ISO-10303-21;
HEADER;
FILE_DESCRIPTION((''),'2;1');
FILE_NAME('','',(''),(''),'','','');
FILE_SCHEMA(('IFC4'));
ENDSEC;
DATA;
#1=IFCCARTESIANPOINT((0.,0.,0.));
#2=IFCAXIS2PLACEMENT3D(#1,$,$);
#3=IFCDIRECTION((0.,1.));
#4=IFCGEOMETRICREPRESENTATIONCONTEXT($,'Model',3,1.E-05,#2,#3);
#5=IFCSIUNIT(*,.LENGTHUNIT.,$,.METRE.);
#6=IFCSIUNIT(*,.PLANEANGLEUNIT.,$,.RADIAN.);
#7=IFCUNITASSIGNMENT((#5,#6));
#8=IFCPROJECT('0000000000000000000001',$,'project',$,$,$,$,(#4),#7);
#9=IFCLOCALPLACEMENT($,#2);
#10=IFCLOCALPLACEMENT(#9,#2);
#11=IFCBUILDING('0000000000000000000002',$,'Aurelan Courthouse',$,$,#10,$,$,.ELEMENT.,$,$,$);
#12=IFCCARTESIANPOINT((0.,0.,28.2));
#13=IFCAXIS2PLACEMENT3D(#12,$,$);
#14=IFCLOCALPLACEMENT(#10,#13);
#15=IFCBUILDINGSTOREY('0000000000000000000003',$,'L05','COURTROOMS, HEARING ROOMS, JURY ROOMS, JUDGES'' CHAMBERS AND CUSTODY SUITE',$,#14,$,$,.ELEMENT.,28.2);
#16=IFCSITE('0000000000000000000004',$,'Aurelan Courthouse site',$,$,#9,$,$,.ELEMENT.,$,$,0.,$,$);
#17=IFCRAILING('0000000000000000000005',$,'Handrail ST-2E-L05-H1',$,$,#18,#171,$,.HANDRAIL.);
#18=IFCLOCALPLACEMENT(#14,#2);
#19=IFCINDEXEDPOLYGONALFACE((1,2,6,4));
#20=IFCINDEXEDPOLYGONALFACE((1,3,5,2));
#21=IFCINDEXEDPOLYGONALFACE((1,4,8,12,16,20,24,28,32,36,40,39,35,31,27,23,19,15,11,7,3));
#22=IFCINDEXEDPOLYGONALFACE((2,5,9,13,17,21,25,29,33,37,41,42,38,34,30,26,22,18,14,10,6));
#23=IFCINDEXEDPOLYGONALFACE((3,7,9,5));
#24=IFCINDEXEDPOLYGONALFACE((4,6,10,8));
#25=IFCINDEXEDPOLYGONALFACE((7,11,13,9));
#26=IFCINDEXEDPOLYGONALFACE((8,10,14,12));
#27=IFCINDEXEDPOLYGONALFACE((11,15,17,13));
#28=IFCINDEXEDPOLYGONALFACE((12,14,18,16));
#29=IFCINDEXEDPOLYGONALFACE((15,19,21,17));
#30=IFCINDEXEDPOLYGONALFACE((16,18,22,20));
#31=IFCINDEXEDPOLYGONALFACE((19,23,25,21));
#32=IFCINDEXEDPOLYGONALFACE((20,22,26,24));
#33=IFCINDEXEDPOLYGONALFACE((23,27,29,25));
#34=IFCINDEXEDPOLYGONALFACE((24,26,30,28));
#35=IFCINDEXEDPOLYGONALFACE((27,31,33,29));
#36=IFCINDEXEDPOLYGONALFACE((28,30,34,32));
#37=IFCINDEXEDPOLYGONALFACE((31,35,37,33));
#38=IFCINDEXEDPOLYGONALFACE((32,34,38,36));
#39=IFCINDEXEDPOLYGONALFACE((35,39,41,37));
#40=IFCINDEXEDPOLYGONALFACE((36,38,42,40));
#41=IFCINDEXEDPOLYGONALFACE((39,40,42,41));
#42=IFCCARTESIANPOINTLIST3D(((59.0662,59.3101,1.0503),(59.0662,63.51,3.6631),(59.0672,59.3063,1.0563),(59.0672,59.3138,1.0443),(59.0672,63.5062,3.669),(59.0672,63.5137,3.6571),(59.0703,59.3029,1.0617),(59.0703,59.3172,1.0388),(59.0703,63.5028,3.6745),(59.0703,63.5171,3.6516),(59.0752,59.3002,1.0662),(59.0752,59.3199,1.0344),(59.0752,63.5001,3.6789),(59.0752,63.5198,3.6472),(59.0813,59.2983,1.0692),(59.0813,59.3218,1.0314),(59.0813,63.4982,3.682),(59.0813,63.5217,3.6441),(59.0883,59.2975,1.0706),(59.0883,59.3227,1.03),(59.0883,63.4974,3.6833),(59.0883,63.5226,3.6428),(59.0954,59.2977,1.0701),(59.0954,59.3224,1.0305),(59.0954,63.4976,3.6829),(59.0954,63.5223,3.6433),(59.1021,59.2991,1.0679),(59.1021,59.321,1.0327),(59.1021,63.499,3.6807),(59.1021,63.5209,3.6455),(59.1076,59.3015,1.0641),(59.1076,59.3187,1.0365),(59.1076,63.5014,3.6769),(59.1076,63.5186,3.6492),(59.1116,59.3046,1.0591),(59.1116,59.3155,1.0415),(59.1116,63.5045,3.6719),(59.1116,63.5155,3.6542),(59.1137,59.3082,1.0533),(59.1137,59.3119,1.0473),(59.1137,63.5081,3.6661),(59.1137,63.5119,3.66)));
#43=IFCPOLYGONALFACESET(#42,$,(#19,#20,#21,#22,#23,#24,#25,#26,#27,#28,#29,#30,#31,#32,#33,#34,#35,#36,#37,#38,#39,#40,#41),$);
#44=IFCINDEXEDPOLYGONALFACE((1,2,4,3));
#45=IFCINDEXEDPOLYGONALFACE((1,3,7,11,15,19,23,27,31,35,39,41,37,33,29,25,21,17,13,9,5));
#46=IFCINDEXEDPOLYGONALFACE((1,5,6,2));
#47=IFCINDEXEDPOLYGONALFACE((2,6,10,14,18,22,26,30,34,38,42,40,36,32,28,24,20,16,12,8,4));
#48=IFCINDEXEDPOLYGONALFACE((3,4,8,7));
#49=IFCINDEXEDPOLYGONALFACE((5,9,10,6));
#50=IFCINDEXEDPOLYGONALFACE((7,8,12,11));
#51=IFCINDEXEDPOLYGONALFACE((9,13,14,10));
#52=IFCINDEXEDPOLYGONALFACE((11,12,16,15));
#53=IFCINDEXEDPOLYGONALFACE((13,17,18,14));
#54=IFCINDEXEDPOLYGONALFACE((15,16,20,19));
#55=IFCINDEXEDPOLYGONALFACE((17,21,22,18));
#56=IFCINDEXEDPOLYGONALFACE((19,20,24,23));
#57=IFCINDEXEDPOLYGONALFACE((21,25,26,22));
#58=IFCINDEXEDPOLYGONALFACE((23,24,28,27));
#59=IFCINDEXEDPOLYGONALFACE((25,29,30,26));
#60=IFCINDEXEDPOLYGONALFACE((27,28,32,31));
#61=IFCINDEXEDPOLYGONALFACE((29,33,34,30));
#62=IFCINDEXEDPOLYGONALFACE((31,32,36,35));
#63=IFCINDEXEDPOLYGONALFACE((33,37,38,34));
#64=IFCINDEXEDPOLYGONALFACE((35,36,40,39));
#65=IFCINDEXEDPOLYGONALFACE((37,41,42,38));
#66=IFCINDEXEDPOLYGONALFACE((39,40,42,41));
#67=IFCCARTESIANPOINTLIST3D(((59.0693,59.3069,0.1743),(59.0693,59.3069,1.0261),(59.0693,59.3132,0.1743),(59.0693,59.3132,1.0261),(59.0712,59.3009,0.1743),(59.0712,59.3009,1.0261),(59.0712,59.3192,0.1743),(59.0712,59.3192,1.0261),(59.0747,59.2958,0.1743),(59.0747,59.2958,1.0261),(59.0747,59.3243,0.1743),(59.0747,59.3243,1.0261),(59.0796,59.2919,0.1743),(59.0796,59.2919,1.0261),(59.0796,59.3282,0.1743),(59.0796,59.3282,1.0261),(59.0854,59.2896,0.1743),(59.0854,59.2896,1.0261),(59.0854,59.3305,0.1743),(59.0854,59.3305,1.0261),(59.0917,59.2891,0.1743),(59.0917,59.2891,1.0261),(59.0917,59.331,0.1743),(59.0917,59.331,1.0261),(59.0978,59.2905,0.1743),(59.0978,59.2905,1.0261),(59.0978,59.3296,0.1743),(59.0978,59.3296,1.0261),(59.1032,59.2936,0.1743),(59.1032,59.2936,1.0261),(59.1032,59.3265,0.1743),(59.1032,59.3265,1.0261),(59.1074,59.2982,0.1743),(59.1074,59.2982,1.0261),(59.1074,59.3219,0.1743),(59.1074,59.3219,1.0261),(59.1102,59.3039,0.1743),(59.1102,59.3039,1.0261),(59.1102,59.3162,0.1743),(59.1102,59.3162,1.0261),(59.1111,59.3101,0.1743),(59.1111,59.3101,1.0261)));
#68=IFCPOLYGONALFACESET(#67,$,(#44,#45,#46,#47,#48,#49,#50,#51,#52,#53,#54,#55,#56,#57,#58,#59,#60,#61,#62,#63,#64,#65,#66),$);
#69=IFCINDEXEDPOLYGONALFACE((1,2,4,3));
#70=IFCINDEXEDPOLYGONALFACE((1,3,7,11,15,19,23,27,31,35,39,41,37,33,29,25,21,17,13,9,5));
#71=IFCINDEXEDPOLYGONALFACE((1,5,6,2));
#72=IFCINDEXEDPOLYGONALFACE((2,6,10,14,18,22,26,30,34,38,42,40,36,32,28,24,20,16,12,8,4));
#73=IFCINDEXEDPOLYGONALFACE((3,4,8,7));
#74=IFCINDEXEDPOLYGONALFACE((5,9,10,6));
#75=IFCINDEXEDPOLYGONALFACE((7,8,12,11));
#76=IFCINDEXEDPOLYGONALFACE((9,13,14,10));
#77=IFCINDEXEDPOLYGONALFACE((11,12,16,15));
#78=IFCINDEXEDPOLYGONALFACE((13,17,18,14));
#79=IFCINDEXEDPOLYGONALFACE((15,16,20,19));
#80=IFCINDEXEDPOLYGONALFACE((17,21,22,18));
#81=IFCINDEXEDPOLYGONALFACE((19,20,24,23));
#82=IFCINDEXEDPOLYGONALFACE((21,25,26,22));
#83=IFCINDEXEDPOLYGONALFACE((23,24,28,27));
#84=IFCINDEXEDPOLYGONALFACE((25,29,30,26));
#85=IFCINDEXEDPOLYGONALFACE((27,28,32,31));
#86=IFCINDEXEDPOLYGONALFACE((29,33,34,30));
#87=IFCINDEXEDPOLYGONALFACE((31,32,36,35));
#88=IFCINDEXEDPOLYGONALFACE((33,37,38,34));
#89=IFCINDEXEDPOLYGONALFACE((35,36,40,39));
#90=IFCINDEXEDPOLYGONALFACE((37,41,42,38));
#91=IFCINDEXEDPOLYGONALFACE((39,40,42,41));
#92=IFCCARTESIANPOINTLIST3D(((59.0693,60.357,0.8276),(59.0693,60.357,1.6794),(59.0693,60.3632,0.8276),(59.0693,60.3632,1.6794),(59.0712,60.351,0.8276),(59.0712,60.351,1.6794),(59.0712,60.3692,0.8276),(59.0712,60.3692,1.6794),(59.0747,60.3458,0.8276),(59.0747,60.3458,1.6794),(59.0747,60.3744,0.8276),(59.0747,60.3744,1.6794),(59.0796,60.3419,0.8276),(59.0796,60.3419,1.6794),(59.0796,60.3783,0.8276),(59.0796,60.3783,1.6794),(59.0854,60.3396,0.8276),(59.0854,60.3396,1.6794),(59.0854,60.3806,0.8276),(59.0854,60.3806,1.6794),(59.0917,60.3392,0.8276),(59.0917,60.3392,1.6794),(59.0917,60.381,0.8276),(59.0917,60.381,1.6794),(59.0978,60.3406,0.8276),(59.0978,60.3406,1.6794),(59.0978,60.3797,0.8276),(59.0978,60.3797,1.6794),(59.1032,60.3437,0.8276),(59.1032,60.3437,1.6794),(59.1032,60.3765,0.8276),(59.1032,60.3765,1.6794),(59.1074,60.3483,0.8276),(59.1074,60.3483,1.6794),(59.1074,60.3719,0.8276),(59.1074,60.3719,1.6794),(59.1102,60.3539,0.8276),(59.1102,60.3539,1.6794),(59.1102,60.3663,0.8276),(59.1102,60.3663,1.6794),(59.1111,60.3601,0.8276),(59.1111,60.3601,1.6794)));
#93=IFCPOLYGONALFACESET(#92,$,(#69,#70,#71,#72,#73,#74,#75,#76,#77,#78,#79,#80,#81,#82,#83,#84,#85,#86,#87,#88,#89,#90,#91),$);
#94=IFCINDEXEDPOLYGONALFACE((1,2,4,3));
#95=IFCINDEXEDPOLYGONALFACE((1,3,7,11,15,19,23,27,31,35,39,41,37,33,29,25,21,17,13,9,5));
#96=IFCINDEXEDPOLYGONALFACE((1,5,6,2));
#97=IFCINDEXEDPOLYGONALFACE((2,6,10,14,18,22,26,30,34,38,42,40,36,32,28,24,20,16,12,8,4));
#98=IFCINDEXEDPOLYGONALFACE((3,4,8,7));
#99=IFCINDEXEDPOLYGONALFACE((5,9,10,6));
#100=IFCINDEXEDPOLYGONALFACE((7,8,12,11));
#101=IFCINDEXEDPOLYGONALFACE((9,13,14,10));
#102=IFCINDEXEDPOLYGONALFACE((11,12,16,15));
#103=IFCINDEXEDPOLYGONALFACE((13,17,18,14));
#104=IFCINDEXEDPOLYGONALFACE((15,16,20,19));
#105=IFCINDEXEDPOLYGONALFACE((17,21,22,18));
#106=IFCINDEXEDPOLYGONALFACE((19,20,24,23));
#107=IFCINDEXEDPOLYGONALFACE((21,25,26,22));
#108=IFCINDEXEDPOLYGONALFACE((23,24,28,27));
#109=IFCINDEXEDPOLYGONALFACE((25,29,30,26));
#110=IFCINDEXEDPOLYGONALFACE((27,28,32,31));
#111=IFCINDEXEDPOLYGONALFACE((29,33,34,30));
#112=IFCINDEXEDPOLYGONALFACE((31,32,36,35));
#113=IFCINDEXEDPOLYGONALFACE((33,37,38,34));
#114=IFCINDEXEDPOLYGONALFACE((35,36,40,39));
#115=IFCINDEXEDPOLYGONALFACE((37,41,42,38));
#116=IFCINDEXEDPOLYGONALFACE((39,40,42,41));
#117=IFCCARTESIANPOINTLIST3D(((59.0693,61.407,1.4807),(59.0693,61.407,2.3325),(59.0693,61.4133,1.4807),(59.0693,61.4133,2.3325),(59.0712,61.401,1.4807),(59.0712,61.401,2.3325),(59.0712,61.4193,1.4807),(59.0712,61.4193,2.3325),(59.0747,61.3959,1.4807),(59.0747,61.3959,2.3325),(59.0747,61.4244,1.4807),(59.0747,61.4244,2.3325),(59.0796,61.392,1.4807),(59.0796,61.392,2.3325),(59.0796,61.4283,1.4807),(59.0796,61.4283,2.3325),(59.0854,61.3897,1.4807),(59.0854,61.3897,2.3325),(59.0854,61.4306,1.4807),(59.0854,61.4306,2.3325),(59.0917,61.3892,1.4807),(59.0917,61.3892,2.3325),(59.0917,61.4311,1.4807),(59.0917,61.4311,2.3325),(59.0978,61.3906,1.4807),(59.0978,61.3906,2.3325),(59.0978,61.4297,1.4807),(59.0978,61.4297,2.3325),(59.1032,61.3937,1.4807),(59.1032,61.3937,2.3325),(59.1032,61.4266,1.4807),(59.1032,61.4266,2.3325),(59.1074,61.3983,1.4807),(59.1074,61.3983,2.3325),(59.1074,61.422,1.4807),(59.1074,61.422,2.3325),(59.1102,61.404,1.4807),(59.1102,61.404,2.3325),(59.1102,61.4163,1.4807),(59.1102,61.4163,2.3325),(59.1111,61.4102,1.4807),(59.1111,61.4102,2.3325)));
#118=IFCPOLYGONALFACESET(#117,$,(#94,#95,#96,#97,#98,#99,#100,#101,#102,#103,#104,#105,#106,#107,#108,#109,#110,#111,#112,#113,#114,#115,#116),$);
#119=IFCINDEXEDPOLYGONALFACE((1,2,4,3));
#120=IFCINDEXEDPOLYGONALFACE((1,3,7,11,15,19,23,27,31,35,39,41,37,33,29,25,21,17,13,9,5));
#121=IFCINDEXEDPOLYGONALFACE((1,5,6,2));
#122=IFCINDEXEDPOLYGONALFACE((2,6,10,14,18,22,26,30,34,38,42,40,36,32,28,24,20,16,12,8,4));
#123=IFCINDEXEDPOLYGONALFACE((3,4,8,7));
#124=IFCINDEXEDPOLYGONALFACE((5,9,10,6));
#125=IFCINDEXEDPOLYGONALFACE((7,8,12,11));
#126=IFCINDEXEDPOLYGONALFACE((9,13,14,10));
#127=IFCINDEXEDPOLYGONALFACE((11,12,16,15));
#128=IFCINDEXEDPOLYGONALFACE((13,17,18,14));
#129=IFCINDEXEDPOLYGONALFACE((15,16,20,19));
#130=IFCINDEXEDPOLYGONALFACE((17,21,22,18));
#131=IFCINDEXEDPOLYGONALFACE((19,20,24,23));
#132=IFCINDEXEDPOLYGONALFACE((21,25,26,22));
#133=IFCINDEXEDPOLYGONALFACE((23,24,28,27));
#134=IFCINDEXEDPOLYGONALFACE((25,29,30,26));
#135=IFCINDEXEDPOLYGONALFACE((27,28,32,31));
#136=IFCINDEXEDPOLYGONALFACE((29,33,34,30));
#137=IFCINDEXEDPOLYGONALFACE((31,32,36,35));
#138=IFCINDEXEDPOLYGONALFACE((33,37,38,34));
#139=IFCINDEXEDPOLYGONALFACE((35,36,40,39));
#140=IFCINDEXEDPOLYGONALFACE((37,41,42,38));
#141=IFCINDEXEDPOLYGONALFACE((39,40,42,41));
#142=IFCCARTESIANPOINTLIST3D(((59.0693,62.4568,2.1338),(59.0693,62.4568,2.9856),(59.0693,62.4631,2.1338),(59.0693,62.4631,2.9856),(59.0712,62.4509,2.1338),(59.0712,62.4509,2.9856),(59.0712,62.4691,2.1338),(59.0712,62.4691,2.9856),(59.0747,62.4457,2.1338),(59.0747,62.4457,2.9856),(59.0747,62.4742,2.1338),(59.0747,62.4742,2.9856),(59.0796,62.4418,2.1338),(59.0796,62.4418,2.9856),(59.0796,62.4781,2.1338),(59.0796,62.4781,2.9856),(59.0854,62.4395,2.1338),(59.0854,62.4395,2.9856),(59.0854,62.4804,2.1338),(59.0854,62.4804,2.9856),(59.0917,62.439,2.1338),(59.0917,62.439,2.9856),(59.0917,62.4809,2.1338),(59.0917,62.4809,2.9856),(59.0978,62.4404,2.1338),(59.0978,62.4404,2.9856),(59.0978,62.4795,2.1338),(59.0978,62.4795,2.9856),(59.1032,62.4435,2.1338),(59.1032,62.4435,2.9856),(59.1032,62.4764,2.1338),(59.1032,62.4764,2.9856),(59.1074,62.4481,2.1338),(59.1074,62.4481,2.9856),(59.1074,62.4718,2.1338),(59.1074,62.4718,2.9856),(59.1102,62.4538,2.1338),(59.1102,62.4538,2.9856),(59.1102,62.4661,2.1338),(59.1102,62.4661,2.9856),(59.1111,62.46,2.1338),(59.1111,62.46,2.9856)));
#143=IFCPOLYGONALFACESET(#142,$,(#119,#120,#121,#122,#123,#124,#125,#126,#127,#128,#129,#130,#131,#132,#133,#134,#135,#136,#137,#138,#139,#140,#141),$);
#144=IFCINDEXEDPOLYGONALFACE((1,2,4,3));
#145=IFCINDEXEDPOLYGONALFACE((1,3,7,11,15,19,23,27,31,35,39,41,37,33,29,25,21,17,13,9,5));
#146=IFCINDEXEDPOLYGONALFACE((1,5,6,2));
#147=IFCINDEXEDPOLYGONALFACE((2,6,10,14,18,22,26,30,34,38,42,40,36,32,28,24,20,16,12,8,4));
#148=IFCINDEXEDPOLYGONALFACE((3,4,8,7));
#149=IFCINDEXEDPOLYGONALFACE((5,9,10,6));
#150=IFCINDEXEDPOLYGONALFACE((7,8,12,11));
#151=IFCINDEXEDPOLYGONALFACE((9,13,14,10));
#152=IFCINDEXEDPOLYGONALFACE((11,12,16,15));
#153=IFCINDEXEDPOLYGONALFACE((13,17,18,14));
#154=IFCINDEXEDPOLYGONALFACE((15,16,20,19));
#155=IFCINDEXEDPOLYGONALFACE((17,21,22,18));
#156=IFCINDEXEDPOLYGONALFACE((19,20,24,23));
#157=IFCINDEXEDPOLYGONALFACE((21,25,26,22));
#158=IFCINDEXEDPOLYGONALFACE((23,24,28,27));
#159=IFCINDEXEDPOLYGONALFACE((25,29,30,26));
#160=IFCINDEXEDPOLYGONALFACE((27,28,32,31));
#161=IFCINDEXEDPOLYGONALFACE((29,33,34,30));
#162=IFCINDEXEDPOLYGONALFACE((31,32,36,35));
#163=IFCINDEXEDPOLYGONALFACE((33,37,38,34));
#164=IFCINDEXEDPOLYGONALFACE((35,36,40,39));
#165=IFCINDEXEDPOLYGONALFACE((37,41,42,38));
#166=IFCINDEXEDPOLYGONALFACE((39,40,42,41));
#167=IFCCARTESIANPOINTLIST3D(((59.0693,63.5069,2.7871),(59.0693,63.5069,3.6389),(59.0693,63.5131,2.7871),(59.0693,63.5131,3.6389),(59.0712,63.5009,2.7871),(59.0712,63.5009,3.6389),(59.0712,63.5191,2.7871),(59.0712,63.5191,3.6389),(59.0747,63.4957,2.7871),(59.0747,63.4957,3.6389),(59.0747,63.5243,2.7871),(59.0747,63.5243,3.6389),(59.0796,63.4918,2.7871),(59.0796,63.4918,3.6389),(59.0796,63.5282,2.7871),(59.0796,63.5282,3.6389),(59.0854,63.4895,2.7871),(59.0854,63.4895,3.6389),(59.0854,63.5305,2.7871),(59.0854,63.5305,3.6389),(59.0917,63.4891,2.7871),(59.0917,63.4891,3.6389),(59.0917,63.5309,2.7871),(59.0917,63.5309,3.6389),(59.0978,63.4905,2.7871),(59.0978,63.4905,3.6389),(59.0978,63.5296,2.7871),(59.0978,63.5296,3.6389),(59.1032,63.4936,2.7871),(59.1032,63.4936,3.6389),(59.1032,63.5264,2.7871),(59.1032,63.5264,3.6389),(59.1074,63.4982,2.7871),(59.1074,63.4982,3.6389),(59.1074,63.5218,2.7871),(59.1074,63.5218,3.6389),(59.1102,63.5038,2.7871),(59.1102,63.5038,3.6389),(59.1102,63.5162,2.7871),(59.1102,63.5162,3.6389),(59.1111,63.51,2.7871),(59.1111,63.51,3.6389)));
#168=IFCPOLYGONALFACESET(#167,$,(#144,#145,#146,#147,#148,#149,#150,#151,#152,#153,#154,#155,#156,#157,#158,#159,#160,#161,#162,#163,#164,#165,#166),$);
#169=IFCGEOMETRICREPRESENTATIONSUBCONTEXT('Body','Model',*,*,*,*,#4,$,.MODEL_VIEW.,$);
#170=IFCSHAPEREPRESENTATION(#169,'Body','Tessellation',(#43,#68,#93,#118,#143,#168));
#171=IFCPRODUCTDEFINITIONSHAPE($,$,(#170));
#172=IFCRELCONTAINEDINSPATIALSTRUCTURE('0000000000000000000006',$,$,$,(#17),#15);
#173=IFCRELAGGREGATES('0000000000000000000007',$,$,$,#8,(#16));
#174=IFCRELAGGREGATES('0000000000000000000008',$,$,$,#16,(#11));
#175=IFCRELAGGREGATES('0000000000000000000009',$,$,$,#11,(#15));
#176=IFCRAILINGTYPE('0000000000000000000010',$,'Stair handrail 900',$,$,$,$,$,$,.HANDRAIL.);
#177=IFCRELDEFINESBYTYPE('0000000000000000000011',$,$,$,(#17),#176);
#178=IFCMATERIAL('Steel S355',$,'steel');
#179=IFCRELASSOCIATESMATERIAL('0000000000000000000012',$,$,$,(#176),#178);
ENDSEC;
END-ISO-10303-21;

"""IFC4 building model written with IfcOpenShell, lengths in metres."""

from ifc_helpers import new_model, si_unit, direction, frame, origin, origin_2d, place, context, subcontext, project, spatial, circle, extrude, material, type_object, element, save


model = new_model("IFC4")

# Units and contexts
model_context = context("Model", 3, precision=1e-05, world=origin(), true_north=direction((0.0, 1.0)))
body_context = subcontext(model_context, "Body", "Model", "MODEL_VIEW")
ifc_project = project(units=[si_unit("LENGTHUNIT", "METRE"), si_unit("PLANEANGLEUNIT", "RADIAN")], contexts=[model_context])

# Site, building, storey
site_placement = place(None, origin())
site = spatial("IfcSite", under=ifc_project, at=site_placement, Name="Aurelan Courthouse site", CompositionType="ELEMENT", RefElevation=0.0)
building_placement = place(site_placement, origin())
building = spatial("IfcBuilding", under=site, at=building_placement, Name="Aurelan Courthouse", CompositionType="ELEMENT")
storey_placement = place(building_placement, frame((0.0, 0.0, 28.2)))
storey = spatial("IfcBuildingStorey", under=building, at=storey_placement, Name="L05", Description="COURTROOMS, HEARING ROOMS, JURY ROOMS, JUDGES' CHAMBERS AND CUSTODY SUITE", CompositionType="ELEMENT", Elevation=28.2)

# Railing
ifc_material_1 = material(Name="Steel S355", Category="steel")
railing_type = type_object("IfcRailingType", Name="Stair handrail 900", PredefinedType="HANDRAIL", material=ifc_material_1)
for number, where, name in (
    (1, (59.0901, 59.3101, 0.1743), "Handrail ST-2E-L05-H1"),
):
    element("IfcRailing", number, at=place(storey_placement, frame(where)), inside=storey, type_object=railing_type, Name=name, PredefinedType="HANDRAIL", context=body_context, shape_type="SweptSolid", body=[
        extrude(circle(Radius=0.0239, at=origin_2d()), frame((0.0, 0.0, 0.876), z_axis=(0.0, 0.849103, 0.528228), x_axis=(-1.0, 0.0, 0.0)), (0.0, 0.0, 1.0), 4.9463),
        extrude(circle(Radius=0.021, at=origin_2d()), origin(), (0.0, 0.0, 1.0), 0.8518),
        extrude(circle(Radius=0.021, at=origin_2d()), frame((0.0, 1.05, 0.6533)), (0.0, 0.0, 1.0), 0.8518),
        extrude(circle(Radius=0.021, at=origin_2d()), frame((0.0, 2.1001, 1.3064)), (0.0, 0.0, 1.0), 0.8518),
        extrude(circle(Radius=0.021, at=origin_2d()), frame((0.0, 3.1499, 1.9595)), (0.0, 0.0, 1.0), 0.8518),
        extrude(circle(Radius=0.021, at=origin_2d()), frame((0.0, 4.2, 2.6128)), (0.0, 0.0, 1.0), 0.8518),
    ])

save(model, "model.ifc")
